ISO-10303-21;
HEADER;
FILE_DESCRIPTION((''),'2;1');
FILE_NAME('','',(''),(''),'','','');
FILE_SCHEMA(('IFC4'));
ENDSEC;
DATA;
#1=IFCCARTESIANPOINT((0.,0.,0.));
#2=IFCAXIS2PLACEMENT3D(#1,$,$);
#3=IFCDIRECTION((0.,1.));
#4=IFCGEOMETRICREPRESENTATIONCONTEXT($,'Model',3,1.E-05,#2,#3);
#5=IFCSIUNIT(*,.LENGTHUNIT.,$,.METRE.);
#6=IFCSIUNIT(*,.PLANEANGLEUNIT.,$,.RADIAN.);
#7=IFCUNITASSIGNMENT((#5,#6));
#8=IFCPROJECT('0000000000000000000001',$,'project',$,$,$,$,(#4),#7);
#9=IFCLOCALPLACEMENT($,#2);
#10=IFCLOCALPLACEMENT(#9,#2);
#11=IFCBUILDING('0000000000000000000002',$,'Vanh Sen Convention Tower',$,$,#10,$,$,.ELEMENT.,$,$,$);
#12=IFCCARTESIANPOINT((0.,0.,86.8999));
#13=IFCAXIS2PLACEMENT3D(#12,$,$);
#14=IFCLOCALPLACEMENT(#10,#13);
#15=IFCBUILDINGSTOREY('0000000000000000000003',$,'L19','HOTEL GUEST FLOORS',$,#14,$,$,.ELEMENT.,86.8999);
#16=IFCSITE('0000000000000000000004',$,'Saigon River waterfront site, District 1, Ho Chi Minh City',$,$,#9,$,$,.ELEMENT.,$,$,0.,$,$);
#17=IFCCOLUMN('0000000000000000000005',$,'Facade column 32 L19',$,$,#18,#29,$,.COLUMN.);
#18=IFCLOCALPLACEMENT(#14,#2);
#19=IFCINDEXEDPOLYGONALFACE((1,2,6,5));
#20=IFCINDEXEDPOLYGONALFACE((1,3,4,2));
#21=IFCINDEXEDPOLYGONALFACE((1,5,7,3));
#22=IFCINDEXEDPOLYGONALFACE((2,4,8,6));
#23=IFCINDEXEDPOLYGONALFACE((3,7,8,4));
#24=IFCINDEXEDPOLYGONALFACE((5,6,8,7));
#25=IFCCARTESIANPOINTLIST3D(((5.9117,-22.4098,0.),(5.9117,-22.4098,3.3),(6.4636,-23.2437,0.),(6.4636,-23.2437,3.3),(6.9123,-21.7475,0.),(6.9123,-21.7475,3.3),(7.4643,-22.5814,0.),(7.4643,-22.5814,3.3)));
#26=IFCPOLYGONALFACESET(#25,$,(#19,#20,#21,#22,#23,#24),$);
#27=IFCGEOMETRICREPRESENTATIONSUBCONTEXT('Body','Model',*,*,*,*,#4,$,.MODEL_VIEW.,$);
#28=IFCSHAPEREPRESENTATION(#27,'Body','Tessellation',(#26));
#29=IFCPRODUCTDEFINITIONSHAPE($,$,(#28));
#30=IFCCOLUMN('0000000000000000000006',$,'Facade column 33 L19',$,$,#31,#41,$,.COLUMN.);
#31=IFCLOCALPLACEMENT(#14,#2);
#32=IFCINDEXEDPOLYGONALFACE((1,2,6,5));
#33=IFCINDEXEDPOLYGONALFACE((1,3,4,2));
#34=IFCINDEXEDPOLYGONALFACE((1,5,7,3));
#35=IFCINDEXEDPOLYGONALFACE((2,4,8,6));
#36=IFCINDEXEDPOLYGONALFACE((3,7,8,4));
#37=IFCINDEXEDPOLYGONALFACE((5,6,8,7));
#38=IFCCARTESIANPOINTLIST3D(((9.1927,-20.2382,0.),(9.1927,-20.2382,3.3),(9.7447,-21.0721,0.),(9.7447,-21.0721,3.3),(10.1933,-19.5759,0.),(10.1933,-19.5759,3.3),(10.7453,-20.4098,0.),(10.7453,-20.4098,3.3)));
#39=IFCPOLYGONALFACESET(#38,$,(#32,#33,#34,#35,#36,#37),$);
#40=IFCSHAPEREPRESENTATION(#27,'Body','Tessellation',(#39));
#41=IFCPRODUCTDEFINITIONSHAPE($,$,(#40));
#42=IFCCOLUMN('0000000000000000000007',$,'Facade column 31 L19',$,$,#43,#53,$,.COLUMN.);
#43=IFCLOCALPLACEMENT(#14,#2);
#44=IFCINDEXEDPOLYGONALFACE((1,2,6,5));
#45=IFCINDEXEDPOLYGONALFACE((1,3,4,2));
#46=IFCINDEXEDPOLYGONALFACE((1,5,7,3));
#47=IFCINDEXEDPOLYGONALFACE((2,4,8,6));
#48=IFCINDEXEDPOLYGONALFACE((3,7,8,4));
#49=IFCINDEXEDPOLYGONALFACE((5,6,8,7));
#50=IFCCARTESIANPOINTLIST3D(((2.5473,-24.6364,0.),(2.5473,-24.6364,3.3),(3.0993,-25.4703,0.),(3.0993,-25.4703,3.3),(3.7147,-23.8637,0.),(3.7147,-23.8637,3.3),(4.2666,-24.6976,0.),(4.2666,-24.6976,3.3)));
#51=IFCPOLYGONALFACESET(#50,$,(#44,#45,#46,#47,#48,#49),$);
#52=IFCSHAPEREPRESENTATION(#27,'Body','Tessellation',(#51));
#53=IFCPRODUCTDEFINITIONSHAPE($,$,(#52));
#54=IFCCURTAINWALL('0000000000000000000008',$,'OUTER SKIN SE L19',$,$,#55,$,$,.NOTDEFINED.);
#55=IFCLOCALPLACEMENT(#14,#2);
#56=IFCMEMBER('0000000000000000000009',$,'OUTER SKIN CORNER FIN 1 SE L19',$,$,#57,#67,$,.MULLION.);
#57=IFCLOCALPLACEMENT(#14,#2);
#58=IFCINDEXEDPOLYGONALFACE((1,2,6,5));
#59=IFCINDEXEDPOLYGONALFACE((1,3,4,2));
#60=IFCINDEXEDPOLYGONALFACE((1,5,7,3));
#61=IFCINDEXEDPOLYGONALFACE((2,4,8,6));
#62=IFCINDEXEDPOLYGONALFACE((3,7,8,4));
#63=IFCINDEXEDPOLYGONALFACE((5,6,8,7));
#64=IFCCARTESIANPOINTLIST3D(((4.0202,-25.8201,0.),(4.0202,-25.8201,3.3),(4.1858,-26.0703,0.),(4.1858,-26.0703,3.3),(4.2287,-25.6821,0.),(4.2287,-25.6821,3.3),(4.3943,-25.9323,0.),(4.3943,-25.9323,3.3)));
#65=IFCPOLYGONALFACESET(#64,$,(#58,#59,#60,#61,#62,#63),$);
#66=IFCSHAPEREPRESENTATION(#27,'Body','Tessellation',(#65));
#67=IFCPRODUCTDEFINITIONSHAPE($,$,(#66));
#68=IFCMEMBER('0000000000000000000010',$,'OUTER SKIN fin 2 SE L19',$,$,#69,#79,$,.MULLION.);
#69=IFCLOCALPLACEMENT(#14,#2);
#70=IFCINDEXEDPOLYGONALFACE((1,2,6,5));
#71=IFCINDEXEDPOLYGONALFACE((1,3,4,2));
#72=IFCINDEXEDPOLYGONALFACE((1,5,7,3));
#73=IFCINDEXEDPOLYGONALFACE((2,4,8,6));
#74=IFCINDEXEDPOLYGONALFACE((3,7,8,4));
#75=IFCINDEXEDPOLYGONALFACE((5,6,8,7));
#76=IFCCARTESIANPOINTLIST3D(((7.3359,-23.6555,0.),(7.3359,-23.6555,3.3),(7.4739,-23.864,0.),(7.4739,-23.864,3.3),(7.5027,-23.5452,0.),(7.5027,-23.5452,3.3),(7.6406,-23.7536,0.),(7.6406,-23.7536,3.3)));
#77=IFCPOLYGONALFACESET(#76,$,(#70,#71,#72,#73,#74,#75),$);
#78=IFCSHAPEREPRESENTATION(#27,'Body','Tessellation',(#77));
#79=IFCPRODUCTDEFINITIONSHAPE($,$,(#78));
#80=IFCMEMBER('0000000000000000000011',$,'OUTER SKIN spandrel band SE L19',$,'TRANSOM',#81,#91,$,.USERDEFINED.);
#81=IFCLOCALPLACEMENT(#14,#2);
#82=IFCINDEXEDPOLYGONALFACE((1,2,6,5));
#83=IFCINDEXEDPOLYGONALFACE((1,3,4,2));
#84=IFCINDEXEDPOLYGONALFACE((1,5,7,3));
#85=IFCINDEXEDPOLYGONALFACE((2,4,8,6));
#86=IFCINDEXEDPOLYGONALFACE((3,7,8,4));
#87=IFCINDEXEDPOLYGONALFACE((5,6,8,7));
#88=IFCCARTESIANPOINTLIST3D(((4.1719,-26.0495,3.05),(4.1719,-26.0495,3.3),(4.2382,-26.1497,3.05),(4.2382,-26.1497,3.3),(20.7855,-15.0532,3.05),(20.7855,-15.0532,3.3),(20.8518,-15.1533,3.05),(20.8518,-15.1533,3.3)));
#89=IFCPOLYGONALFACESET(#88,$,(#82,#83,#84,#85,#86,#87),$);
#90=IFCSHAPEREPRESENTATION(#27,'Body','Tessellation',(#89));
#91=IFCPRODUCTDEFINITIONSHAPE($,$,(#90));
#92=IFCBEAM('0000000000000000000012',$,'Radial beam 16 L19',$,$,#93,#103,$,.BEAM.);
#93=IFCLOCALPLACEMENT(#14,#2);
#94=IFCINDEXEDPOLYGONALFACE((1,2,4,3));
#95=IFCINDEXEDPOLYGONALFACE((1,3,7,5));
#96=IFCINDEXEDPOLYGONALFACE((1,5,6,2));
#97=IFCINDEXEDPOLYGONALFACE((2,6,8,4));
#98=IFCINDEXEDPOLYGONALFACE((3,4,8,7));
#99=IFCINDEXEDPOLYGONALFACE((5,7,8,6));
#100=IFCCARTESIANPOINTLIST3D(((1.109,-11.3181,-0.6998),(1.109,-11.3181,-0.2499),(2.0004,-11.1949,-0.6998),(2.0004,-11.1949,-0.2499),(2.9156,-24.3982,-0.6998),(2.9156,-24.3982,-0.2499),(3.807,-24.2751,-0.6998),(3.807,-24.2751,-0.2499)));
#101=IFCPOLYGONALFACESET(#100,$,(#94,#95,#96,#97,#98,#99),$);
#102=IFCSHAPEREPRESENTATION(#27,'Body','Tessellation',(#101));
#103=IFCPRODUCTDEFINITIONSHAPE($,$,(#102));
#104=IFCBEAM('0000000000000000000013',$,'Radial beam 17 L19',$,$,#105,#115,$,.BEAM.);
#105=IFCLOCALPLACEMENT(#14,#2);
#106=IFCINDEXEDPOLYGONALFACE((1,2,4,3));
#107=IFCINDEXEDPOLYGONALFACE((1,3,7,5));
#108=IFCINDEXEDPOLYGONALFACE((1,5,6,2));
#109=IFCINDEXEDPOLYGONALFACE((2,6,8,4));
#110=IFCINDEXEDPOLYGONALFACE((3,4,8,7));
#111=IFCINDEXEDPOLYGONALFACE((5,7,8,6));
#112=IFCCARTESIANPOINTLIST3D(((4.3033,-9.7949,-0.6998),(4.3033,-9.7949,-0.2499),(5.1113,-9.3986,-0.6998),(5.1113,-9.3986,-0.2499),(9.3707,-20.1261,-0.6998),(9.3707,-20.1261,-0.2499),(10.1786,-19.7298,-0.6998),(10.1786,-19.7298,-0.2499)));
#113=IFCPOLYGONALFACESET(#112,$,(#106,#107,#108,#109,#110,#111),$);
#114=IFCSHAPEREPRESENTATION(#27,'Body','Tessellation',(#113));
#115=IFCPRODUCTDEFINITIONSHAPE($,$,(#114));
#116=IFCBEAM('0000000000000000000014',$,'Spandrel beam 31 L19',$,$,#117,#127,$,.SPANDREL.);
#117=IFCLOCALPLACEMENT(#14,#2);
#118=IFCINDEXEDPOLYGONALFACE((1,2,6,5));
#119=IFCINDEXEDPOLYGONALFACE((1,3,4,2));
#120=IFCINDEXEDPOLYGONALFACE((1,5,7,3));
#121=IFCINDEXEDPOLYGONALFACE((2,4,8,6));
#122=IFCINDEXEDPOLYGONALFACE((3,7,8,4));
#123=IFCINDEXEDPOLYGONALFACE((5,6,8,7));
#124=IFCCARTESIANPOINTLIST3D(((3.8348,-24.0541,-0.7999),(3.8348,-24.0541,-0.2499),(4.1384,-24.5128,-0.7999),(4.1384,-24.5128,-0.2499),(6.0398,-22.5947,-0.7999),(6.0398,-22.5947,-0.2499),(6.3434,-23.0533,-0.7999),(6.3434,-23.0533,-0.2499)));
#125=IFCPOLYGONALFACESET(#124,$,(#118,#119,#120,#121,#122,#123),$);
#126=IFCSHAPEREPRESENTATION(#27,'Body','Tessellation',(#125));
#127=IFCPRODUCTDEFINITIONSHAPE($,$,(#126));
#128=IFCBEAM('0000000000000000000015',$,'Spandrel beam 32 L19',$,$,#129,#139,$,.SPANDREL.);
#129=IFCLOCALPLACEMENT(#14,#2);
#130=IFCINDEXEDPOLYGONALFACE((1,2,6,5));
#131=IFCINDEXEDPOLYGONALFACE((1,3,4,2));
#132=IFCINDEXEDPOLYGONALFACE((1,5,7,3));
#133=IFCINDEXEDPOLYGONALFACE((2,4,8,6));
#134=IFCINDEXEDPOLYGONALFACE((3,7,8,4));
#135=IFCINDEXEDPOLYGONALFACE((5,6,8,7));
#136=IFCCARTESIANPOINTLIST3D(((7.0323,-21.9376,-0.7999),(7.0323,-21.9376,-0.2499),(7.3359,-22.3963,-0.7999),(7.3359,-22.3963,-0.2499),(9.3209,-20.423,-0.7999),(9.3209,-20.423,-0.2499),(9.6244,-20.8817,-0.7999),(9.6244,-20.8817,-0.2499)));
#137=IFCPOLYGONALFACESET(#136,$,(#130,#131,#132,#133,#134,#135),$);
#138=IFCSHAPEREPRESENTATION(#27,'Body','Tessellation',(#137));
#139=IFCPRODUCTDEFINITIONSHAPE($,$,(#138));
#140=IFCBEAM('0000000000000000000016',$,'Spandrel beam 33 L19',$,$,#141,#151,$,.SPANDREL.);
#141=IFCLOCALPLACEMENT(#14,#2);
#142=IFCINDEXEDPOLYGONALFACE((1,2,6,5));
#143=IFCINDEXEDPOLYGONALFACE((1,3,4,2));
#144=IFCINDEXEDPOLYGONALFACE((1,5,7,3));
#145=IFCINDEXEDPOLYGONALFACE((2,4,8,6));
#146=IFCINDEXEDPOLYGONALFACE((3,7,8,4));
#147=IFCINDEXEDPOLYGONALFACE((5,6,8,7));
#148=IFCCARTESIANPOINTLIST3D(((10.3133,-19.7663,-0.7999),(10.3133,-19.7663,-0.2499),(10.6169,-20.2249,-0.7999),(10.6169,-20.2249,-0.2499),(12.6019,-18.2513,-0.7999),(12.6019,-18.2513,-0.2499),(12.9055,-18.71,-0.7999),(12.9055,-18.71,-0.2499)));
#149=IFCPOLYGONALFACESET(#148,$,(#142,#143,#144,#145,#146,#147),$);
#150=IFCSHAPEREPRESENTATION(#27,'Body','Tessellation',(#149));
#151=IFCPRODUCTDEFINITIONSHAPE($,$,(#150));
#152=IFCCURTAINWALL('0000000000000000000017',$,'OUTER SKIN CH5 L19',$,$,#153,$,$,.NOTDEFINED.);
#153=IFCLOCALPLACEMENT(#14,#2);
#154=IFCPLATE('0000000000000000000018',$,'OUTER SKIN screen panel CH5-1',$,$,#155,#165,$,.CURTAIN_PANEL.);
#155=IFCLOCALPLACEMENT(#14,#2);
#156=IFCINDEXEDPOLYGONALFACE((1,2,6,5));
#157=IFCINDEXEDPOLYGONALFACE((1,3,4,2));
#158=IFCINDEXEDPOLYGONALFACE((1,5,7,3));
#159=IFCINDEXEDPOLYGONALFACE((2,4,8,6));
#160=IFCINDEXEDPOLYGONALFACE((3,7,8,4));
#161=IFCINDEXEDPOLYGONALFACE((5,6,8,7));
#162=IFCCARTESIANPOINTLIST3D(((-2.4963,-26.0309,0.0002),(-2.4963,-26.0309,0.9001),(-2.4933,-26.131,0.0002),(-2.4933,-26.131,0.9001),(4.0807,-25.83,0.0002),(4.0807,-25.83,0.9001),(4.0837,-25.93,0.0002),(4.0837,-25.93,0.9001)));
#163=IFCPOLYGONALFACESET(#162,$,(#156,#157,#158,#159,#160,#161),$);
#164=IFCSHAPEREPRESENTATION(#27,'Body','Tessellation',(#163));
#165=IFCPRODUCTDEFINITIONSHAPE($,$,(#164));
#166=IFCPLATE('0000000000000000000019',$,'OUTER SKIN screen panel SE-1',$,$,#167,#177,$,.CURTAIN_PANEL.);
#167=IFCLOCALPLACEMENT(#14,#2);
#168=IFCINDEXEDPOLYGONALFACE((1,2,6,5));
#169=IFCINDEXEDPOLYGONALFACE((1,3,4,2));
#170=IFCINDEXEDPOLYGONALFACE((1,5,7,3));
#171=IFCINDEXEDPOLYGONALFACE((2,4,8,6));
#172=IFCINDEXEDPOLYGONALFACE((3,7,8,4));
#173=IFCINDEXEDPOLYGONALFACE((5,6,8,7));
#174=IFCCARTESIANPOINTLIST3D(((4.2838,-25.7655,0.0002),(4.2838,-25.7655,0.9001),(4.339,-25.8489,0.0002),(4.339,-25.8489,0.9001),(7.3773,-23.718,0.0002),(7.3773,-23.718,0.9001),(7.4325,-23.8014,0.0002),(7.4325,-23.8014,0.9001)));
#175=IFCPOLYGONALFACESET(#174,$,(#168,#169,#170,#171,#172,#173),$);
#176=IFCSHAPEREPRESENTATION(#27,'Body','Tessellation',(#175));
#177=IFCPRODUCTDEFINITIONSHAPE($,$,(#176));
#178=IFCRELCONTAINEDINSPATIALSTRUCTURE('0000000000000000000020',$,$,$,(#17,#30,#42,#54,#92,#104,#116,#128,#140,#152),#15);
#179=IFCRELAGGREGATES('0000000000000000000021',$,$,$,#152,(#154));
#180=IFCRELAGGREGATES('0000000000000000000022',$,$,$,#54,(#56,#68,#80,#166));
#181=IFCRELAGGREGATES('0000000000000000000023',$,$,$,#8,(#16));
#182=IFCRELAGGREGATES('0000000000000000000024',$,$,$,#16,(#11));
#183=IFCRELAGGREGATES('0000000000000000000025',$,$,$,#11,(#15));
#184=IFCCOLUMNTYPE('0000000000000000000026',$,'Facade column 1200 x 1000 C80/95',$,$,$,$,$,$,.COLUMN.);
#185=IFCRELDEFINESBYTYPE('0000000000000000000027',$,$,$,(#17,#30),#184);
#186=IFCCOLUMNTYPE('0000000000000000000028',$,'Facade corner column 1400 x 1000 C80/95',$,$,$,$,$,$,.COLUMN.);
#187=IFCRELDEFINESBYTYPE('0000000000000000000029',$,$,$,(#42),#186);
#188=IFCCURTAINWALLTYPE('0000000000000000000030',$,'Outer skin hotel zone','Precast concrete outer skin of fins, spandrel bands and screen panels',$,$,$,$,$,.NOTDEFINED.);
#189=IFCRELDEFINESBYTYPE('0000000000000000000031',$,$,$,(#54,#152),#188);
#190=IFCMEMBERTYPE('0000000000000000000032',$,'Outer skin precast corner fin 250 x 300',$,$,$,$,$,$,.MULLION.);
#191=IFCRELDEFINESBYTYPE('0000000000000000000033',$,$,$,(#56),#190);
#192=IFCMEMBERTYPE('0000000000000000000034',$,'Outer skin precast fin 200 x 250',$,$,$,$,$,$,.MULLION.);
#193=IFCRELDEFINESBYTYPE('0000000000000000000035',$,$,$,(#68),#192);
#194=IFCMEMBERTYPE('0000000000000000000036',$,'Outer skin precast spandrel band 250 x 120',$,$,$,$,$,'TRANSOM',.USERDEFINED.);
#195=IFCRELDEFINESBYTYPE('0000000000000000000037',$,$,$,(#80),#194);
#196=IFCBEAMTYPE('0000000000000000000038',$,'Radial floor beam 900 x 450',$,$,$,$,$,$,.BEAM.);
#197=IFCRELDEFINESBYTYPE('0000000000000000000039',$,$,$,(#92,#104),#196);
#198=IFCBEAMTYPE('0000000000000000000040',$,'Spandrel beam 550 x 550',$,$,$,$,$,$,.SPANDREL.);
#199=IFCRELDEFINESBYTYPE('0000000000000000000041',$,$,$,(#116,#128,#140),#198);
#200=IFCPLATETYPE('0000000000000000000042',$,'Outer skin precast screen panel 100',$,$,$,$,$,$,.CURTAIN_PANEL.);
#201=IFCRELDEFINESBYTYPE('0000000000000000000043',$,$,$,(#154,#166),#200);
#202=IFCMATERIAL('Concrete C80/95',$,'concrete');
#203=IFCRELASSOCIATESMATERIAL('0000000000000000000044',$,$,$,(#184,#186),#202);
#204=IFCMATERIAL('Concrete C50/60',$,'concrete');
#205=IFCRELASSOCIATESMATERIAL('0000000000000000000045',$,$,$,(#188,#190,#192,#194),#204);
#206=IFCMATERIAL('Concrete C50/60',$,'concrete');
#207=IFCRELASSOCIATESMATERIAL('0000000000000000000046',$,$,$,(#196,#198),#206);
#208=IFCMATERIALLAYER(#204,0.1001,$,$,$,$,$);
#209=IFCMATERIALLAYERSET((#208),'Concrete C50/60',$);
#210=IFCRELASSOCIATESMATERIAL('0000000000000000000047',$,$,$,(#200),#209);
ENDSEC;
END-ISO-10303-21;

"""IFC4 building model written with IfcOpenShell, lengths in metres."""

from ifc_helpers import new_model, si_unit, direction, frame, origin, origin_2d, place, context, subcontext, project, spatial, rectangle, extrude, material, layer, layer_set, material_profile, profile_set, type_object, element, aggregate, save


model = new_model("IFC4")

# Units and contexts
model_context = context("Model", 3, precision=1e-05, world=origin(), true_north=direction((0.0, 1.0)))
body_context = subcontext(model_context, "Body", "Model", "MODEL_VIEW")
ifc_project = project(units=[si_unit("LENGTHUNIT", "METRE"), si_unit("PLANEANGLEUNIT", "RADIAN")], contexts=[model_context])

# Site, building, storey
site_placement = place(None, origin())
site = spatial("IfcSite", under=ifc_project, at=site_placement, Name="Saigon River waterfront site, District 1, Ho Chi Minh City", CompositionType="ELEMENT", RefElevation=0.0)
building_placement = place(site_placement, origin())
building = spatial("IfcBuilding", under=site, at=building_placement, Name="Vanh Sen Convention Tower", CompositionType="ELEMENT")
storey_placement = place(building_placement, frame((0.0, 0.0, 86.8999)))
storey = spatial("IfcBuildingStorey", under=building, at=storey_placement, Name="L19", Description="HOTEL GUEST FLOORS", CompositionType="ELEMENT", Elevation=86.8999)

# Columns
ifc_material_1 = material(Name="Concrete C80/95", Category="concrete")
ifc_material_profile_1 = material_profile(ifc_material_1, rectangle(XDim=1.2, YDim=1.0, at=origin_2d()), Name="RC 1200X1000")
ifc_profile_set_1 = profile_set([ifc_material_profile_1], Name="Concrete C80/95")
column_type_1 = type_object("IfcColumnType", Name="Facade column 1200 x 1000 C80/95", PredefinedType="COLUMN", material=ifc_profile_set_1)
for number, where, z_axis, x_axis, name in (
    (1, (6.688, -22.4956, 0.0), (0.0, 0.0, 1.0), (0.833886, 0.551937, 0.0), "Facade column 32 L19"),
    (2, (9.969, -20.324, 0.0), (0.0, 0.0, 1.0), (0.833886, 0.551937, 0.0), "Facade column 33 L19"),
):
    element("IfcColumn", number, at=place(storey_placement, frame(where, z_axis=z_axis, x_axis=x_axis)), inside=storey, type_object=column_type_1, Name=name, PredefinedType="COLUMN", context=body_context, shape_type="SweptSolid", body=[
        extrude(rectangle(XDim=1.2, YDim=1.0, at=origin_2d()), origin(), (0.0, 0.0, 1.0), 3.3),
    ])
ifc_material_profile_2 = material_profile(ifc_material_1, rectangle(XDim=1.3999, YDim=1.0, at=origin_2d()), Name="RC 1400X1000")
ifc_profile_set_2 = profile_set([ifc_material_profile_2], Name="Concrete C80/95")
column_type_2 = type_object("IfcColumnType", Name="Facade corner column 1400 x 1000 C80/95", PredefinedType="COLUMN", material=ifc_profile_set_2)
column_placement = place(storey_placement, frame((3.407, -24.667, 0.0), z_axis=(0.0, 0.0, 1.0), x_axis=(0.833886, 0.551937, 0.0)))
element("IfcColumn", 3, at=column_placement, inside=storey, type_object=column_type_2, Name="Facade column 31 L19", PredefinedType="COLUMN", context=body_context, shape_type="SweptSolid", body=[
    extrude(rectangle(XDim=1.3999, YDim=1.0, at=origin_2d()), origin(), (0.0, 0.0, 1.0), 3.3),
])

# Curtain wall, members
ifc_material_2 = material(Name="Concrete C50/60", Category="concrete")
curtain_wall_type = type_object("IfcCurtainWallType", Name="Outer skin hotel zone", Description="Precast concrete outer skin of fins, spandrel bands and screen panels", PredefinedType="NOTDEFINED", material=ifc_material_2)
curtain_wall_1_placement = place(storey_placement, origin())
curtain_wall_1 = element("IfcCurtainWall", 4, at=curtain_wall_1_placement, inside=storey, type_object=curtain_wall_type, Name="OUTER SKIN SE L19", PredefinedType="NOTDEFINED")
ifc_material_profile_3 = material_profile(ifc_material_2, rectangle(XDim=0.25, YDim=0.3, at=origin_2d()), Name="Outer skin precast corner fin 250 x 300")
ifc_profile_set_3 = profile_set([ifc_material_profile_3], Name="Concrete C50/60")
member_type_1 = type_object("IfcMemberType", Name="Outer skin precast corner fin 250 x 300", PredefinedType="MULLION", material=ifc_profile_set_3)
member_1_placement = place(storey_placement, frame((4.2073, -25.8762, 0.0), z_axis=(0.0, 0.0, 1.0), x_axis=(0.833886, 0.551937, 0.0)))
member_1 = element("IfcMember", 5, at=member_1_placement, type_object=member_type_1, Name="OUTER SKIN CORNER FIN 1 SE L19", PredefinedType="MULLION", context=body_context, shape_type="SweptSolid", body=[
    extrude(rectangle(XDim=0.25, YDim=0.3, at=origin_2d()), origin(), (0.0, 0.0, 1.0), 3.3),
])
ifc_material_profile_4 = material_profile(ifc_material_2, rectangle(XDim=0.2, YDim=0.25, at=origin_2d()), Name="Outer skin precast fin 200 x 250")
ifc_profile_set_4 = profile_set([ifc_material_profile_4], Name="Concrete C50/60")
member_type_2 = type_object("IfcMemberType", Name="Outer skin precast fin 200 x 250", PredefinedType="MULLION", material=ifc_profile_set_4)
member_2_placement = place(storey_placement, frame((7.4883, -23.7046, 0.0), z_axis=(0.0, 0.0, 1.0), x_axis=(0.833886, 0.551937, 0.0)))
member_2 = element("IfcMember", 6, at=member_2_placement, type_object=member_type_2, Name="OUTER SKIN fin 2 SE L19", PredefinedType="MULLION", context=body_context, shape_type="SweptSolid", body=[
    extrude(rectangle(XDim=0.2, YDim=0.25, at=origin_2d()), origin(), (0.0, 0.0, 1.0), 3.3),
])
ifc_material_profile_5 = material_profile(ifc_material_2, rectangle(XDim=0.1201, YDim=0.25, at=origin_2d()), Name="Outer skin precast spandrel band 250 x 120")
ifc_profile_set_5 = profile_set([ifc_material_profile_5], Name="Concrete C50/60")
member_type_3 = type_object("IfcMemberType", Name="Outer skin precast spandrel band 250 x 120", ElementType="TRANSOM", PredefinedType="USERDEFINED", material=ifc_profile_set_5)
member_3_placement = place(storey_placement, frame((4.2051, -26.0996, 3.175), z_axis=(0.833884, 0.55194, 0.0), x_axis=(-0.55194, 0.833884, 0.0)))
member_3 = element("IfcMember", 7, at=member_3_placement, type_object=member_type_3, Name="OUTER SKIN spandrel band SE L19", ObjectType="TRANSOM", PredefinedType="USERDEFINED", context=body_context, shape_type="SweptSolid", body=[
    extrude(rectangle(XDim=0.1201, YDim=0.25, at=origin_2d()), origin(), (0.0, 0.0, 1.0), 19.9231),
])

# Beams
ifc_material_3 = material(Name="Concrete C50/60", Category="concrete")
ifc_material_profile_6 = material_profile(ifc_material_3, rectangle(XDim=0.8999, YDim=0.45, at=origin_2d()), Name="RC 900X450")
ifc_profile_set_6 = profile_set([ifc_material_profile_6], Name="Concrete C50/60")
beam_type_1 = type_object("IfcBeamType", Name="Radial floor beam 900 x 450", PredefinedType="BEAM", material=ifc_profile_set_6)
beam_1_placement = place(storey_placement, frame((3.3613, -24.3367, -0.4749), z_axis=(-0.136823, 0.990596, 0.0), x_axis=(-0.990596, -0.136823, 0.0)))
element("IfcBeam", 8, at=beam_1_placement, inside=storey, type_object=beam_type_1, Name="Radial beam 16 L19", PredefinedType="BEAM", context=body_context, shape_type="SweptSolid", body=[
    extrude(rectangle(XDim=0.8999, YDim=0.45, at=origin_2d()), origin(), (0.0, 0.0, 1.0), 13.2043),
])
beam_2_placement = place(storey_placement, frame((9.7747, -19.928, -0.4749), z_axis=(-0.440369, 0.897817, 0.0), x_axis=(-0.897817, -0.440369, 0.0)))
element("IfcBeam", 9, at=beam_2_placement, inside=storey, type_object=beam_type_1, Name="Radial beam 17 L19", PredefinedType="BEAM", context=body_context, shape_type="SweptSolid", body=[
    extrude(rectangle(XDim=0.8999, YDim=0.45, at=origin_2d()), origin(), (0.0, 0.0, 1.0), 11.5071),
])
ifc_material_profile_7 = material_profile(ifc_material_3, rectangle(XDim=0.55, YDim=0.55, at=origin_2d()), Name="RC 550X550")
ifc_profile_set_7 = profile_set([ifc_material_profile_7], Name="Concrete C50/60")
beam_type_2 = type_object("IfcBeamType", Name="Spandrel beam 550 x 550", PredefinedType="SPANDREL", material=ifc_profile_set_7)
beam_3_placement = place(storey_placement, frame((3.9866, -24.2834, -0.5249), z_axis=(0.833892, 0.551927, 0.0), x_axis=(-0.551927, 0.833892, 0.0)))
element("IfcBeam", 10, at=beam_3_placement, inside=storey, type_object=beam_type_2, Name="Spandrel beam 31 L19", PredefinedType="SPANDREL", context=body_context, shape_type="SweptSolid", body=[
    extrude(rectangle(XDim=0.55, YDim=0.55, at=origin_2d()), origin(), (0.0, 0.0, 1.0), 2.6443),
])
beam_4_placement = place(storey_placement, frame((7.1841, -22.167, -0.5249), z_axis=(0.833907, 0.551905, 0.0), x_axis=(-0.551905, 0.833907, 0.0)))
element("IfcBeam", 11, at=beam_4_placement, inside=storey, type_object=beam_type_2, Name="Spandrel beam 32 L19", PredefinedType="SPANDREL", context=body_context, shape_type="SweptSolid", body=[
    extrude(rectangle(XDim=0.55, YDim=0.55, at=origin_2d()), origin(), (0.0, 0.0, 1.0), 2.7444),
])
beam_5_placement = place(storey_placement, frame((10.4651, -19.9956, -0.5249), z_axis=(0.833866, 0.551967, 0.0), x_axis=(-0.551967, 0.833866, 0.0)))
element("IfcBeam", 12, at=beam_5_placement, inside=storey, type_object=beam_type_2, Name="Spandrel beam 33 L19", PredefinedType="SPANDREL", context=body_context, shape_type="SweptSolid", body=[
    extrude(rectangle(XDim=0.55, YDim=0.55, at=origin_2d()), origin(), (0.0, 0.0, 1.0), 2.7446),
])

# Curtain wall, plate
curtain_wall_2_placement = place(storey_placement, origin())
curtain_wall_2 = element("IfcCurtainWall", 13, at=curtain_wall_2_placement, inside=storey, type_object=curtain_wall_type, Name="OUTER SKIN CH5 L19", PredefinedType="NOTDEFINED")
ifc_layer_1 = layer(ifc_material_2, 0.1001)
ifc_layer_set_1 = layer_set([ifc_layer_1], Name="Concrete C50/60")
plate_type = type_object("IfcPlateType", Name="Outer skin precast screen panel 100", PredefinedType="CURTAIN_PANEL", material=ifc_layer_set_1)
plate_1_placement = place(storey_placement, frame((0.7937, -25.9805, 0.0002), z_axis=(0.0, 0.0, 1.0), x_axis=(0.999533, 0.030542, 0.0)))
plate_1 = element("IfcPlate", 14, at=plate_1_placement, type_object=plate_type, Name="OUTER SKIN screen panel CH5-1", PredefinedType="CURTAIN_PANEL", context=body_context, shape_type="SweptSolid", body=[
    extrude(rectangle(XDim=6.5801, YDim=0.1001, at=origin_2d()), origin(), (0.0, 0.0, 1.0), 0.8999),
])
aggregate(curtain_wall_2, [plate_1])

# Plate
plate_2_placement = place(storey_placement, frame((5.8582, -24.7834, 0.0002), z_axis=(0.0, 0.0, 1.0), x_axis=(0.833892, 0.551928, 0.0)))
plate_2 = element("IfcPlate", 15, at=plate_2_placement, type_object=plate_type, Name="OUTER SKIN screen panel SE-1", PredefinedType="CURTAIN_PANEL", context=body_context, shape_type="SweptSolid", body=[
    extrude(rectangle(XDim=3.7097, YDim=0.1001, at=origin_2d()), origin(), (0.0, 0.0, 1.0), 0.8999),
])
aggregate(curtain_wall_1, [member_1, member_2, member_3, plate_2])

save(model, "model.ifc")
